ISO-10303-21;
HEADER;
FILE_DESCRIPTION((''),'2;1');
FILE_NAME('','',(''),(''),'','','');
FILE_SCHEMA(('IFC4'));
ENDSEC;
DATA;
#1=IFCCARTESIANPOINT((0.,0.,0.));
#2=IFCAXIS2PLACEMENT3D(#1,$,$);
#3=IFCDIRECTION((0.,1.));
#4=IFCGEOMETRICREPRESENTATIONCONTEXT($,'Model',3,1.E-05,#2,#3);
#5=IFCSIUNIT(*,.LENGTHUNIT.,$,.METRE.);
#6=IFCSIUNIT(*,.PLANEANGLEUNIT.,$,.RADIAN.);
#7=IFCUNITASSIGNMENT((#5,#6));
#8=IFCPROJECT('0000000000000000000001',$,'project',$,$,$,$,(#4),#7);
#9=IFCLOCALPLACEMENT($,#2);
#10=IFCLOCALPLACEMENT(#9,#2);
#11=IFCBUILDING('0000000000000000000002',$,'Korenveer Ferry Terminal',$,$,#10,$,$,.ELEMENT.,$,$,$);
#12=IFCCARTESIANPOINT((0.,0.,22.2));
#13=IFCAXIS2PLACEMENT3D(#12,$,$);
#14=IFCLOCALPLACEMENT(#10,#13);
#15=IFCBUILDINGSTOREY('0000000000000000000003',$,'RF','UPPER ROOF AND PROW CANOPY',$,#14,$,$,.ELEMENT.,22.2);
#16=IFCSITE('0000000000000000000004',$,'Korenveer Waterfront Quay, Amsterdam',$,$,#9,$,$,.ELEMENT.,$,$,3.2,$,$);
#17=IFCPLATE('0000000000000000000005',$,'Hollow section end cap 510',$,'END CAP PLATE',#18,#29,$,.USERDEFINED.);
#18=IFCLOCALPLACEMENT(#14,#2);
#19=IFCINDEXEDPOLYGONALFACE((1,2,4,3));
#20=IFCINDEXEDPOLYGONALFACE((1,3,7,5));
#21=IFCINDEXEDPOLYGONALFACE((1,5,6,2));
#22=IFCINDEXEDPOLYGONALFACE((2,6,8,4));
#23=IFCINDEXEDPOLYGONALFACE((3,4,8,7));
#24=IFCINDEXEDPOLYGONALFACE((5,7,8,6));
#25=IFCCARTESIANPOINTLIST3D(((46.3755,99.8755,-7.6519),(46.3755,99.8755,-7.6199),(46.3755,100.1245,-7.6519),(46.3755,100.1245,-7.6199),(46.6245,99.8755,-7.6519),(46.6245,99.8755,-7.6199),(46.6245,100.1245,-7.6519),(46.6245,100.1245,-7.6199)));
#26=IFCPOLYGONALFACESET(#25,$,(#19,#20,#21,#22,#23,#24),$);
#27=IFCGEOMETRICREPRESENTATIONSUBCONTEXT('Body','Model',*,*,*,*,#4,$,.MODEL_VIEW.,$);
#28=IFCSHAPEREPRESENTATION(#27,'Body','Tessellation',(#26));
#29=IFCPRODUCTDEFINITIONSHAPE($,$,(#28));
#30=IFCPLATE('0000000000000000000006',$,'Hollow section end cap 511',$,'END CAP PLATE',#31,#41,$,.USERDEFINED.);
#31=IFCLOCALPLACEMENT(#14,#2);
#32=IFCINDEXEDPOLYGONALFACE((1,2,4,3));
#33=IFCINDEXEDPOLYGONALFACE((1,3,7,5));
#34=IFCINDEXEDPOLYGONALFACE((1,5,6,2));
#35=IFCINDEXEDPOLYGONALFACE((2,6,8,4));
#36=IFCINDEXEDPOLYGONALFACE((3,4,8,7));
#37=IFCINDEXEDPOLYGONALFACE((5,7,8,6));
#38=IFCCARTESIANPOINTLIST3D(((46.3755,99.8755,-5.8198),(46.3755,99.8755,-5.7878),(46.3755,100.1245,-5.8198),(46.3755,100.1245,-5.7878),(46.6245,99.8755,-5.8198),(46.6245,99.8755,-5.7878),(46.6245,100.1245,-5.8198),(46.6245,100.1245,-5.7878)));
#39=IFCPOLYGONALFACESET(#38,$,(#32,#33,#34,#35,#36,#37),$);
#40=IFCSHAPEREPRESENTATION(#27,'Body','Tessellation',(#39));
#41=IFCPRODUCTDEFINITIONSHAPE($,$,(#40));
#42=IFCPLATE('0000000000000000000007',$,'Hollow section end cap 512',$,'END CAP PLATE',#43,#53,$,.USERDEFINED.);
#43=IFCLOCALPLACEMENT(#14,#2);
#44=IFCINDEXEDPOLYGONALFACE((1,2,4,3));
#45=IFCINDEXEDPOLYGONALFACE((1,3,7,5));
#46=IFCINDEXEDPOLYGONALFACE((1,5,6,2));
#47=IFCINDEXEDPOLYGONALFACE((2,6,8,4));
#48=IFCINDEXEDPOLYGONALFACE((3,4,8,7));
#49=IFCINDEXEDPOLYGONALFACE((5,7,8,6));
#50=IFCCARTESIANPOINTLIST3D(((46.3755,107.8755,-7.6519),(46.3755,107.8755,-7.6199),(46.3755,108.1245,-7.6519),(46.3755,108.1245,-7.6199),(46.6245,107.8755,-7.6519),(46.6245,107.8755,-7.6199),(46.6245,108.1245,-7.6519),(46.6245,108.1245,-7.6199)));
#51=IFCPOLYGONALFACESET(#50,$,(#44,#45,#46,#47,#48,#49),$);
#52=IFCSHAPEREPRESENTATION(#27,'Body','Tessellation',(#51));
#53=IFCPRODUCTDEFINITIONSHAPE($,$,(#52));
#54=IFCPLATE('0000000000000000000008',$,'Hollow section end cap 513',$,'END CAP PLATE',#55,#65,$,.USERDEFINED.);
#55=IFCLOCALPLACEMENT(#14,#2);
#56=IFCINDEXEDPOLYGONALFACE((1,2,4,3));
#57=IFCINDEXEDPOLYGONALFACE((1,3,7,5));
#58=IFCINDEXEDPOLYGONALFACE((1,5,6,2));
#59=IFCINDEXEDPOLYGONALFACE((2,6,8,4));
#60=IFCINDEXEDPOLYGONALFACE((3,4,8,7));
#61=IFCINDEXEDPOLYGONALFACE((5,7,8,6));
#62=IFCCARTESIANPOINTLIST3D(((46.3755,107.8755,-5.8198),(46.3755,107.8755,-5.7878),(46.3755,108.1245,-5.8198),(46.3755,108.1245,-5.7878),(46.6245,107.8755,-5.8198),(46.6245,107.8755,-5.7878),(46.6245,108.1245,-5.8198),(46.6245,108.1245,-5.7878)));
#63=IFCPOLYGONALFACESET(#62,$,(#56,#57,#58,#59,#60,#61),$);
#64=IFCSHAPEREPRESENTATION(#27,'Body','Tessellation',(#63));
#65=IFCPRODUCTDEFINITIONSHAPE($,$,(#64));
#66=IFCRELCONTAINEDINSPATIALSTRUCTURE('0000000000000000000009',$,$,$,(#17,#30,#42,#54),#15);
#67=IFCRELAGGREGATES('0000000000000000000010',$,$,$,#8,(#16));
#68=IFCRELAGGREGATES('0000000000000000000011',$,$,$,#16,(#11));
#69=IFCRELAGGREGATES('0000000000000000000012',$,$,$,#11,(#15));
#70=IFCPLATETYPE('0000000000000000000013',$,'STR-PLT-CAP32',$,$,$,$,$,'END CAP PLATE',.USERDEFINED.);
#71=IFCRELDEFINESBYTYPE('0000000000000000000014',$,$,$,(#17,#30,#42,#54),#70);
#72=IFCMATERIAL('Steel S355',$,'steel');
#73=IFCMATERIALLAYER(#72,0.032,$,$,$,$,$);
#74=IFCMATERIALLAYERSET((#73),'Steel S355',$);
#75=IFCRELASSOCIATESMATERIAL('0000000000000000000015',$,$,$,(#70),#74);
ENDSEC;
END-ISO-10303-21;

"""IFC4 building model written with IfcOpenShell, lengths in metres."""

from ifc_helpers import new_model, si_unit, direction, frame, origin, origin_2d, place, context, subcontext, project, spatial, rectangle, extrude, material, layer, layer_set, type_object, element, save


model = new_model("IFC4")

# Units and contexts
model_context = context("Model", 3, precision=1e-05, world=origin(), true_north=direction((0.0, 1.0)))
body_context = subcontext(model_context, "Body", "Model", "MODEL_VIEW")
ifc_project = project(units=[si_unit("LENGTHUNIT", "METRE"), si_unit("PLANEANGLEUNIT", "RADIAN")], contexts=[model_context])

# Site, building, storey
site_placement = place(None, origin())
site = spatial("IfcSite", under=ifc_project, at=site_placement, Name="Korenveer Waterfront Quay, Amsterdam", CompositionType="ELEMENT", RefElevation=3.2)
building_placement = place(site_placement, origin())
building = spatial("IfcBuilding", under=site, at=building_placement, Name="Korenveer Ferry Terminal", CompositionType="ELEMENT")
storey_placement = place(building_placement, frame((0.0, 0.0, 22.2)))
storey = spatial("IfcBuildingStorey", under=building, at=storey_placement, Name="RF", Description="UPPER ROOF AND PROW CANOPY", CompositionType="ELEMENT", Elevation=22.2)

# Shared definitions
ifc_material_1 = material(Name="Steel S355", Category="steel")

# Plates
ifc_layer = layer(ifc_material_1, 0.032)
ifc_layer_set = layer_set([ifc_layer], Name="Steel S355")
plate_type = type_object("IfcPlateType", Name="STR-PLT-CAP32", ElementType="END CAP PLATE", PredefinedType="USERDEFINED", material=ifc_layer_set)
for number, where, z_axis, x_axis, name in (
    (1, (46.5, 100.0, -7.6519), (0.0, 0.0, 1.0), (1.0, 0.0, 0.0), "Hollow section end cap 510"),
    (2, (46.5, 100.0, -5.8198), (0.0, 0.0, 1.0), (1.0, 0.0, 0.0), "Hollow section end cap 511"),
    (3, (46.5, 108.0, -7.6519), (0.0, 0.0, 1.0), (1.0, 0.0, 0.0), "Hollow section end cap 512"),
    (4, (46.5, 108.0, -5.8198), (0.0, 0.0, 1.0), (1.0, 0.0, 0.0), "Hollow section end cap 513"),
):
    element("IfcPlate", number, at=place(storey_placement, frame(where, z_axis=z_axis, x_axis=x_axis)), inside=storey, type_object=plate_type, Name=name, ObjectType="END CAP PLATE", PredefinedType="USERDEFINED", context=body_context, shape_type="SweptSolid", body=[
        extrude(rectangle(XDim=0.249, YDim=0.249, at=origin_2d()), origin(), (0.0, 0.0, 1.0), 0.032),
    ])

save(model, "model.ifc")
